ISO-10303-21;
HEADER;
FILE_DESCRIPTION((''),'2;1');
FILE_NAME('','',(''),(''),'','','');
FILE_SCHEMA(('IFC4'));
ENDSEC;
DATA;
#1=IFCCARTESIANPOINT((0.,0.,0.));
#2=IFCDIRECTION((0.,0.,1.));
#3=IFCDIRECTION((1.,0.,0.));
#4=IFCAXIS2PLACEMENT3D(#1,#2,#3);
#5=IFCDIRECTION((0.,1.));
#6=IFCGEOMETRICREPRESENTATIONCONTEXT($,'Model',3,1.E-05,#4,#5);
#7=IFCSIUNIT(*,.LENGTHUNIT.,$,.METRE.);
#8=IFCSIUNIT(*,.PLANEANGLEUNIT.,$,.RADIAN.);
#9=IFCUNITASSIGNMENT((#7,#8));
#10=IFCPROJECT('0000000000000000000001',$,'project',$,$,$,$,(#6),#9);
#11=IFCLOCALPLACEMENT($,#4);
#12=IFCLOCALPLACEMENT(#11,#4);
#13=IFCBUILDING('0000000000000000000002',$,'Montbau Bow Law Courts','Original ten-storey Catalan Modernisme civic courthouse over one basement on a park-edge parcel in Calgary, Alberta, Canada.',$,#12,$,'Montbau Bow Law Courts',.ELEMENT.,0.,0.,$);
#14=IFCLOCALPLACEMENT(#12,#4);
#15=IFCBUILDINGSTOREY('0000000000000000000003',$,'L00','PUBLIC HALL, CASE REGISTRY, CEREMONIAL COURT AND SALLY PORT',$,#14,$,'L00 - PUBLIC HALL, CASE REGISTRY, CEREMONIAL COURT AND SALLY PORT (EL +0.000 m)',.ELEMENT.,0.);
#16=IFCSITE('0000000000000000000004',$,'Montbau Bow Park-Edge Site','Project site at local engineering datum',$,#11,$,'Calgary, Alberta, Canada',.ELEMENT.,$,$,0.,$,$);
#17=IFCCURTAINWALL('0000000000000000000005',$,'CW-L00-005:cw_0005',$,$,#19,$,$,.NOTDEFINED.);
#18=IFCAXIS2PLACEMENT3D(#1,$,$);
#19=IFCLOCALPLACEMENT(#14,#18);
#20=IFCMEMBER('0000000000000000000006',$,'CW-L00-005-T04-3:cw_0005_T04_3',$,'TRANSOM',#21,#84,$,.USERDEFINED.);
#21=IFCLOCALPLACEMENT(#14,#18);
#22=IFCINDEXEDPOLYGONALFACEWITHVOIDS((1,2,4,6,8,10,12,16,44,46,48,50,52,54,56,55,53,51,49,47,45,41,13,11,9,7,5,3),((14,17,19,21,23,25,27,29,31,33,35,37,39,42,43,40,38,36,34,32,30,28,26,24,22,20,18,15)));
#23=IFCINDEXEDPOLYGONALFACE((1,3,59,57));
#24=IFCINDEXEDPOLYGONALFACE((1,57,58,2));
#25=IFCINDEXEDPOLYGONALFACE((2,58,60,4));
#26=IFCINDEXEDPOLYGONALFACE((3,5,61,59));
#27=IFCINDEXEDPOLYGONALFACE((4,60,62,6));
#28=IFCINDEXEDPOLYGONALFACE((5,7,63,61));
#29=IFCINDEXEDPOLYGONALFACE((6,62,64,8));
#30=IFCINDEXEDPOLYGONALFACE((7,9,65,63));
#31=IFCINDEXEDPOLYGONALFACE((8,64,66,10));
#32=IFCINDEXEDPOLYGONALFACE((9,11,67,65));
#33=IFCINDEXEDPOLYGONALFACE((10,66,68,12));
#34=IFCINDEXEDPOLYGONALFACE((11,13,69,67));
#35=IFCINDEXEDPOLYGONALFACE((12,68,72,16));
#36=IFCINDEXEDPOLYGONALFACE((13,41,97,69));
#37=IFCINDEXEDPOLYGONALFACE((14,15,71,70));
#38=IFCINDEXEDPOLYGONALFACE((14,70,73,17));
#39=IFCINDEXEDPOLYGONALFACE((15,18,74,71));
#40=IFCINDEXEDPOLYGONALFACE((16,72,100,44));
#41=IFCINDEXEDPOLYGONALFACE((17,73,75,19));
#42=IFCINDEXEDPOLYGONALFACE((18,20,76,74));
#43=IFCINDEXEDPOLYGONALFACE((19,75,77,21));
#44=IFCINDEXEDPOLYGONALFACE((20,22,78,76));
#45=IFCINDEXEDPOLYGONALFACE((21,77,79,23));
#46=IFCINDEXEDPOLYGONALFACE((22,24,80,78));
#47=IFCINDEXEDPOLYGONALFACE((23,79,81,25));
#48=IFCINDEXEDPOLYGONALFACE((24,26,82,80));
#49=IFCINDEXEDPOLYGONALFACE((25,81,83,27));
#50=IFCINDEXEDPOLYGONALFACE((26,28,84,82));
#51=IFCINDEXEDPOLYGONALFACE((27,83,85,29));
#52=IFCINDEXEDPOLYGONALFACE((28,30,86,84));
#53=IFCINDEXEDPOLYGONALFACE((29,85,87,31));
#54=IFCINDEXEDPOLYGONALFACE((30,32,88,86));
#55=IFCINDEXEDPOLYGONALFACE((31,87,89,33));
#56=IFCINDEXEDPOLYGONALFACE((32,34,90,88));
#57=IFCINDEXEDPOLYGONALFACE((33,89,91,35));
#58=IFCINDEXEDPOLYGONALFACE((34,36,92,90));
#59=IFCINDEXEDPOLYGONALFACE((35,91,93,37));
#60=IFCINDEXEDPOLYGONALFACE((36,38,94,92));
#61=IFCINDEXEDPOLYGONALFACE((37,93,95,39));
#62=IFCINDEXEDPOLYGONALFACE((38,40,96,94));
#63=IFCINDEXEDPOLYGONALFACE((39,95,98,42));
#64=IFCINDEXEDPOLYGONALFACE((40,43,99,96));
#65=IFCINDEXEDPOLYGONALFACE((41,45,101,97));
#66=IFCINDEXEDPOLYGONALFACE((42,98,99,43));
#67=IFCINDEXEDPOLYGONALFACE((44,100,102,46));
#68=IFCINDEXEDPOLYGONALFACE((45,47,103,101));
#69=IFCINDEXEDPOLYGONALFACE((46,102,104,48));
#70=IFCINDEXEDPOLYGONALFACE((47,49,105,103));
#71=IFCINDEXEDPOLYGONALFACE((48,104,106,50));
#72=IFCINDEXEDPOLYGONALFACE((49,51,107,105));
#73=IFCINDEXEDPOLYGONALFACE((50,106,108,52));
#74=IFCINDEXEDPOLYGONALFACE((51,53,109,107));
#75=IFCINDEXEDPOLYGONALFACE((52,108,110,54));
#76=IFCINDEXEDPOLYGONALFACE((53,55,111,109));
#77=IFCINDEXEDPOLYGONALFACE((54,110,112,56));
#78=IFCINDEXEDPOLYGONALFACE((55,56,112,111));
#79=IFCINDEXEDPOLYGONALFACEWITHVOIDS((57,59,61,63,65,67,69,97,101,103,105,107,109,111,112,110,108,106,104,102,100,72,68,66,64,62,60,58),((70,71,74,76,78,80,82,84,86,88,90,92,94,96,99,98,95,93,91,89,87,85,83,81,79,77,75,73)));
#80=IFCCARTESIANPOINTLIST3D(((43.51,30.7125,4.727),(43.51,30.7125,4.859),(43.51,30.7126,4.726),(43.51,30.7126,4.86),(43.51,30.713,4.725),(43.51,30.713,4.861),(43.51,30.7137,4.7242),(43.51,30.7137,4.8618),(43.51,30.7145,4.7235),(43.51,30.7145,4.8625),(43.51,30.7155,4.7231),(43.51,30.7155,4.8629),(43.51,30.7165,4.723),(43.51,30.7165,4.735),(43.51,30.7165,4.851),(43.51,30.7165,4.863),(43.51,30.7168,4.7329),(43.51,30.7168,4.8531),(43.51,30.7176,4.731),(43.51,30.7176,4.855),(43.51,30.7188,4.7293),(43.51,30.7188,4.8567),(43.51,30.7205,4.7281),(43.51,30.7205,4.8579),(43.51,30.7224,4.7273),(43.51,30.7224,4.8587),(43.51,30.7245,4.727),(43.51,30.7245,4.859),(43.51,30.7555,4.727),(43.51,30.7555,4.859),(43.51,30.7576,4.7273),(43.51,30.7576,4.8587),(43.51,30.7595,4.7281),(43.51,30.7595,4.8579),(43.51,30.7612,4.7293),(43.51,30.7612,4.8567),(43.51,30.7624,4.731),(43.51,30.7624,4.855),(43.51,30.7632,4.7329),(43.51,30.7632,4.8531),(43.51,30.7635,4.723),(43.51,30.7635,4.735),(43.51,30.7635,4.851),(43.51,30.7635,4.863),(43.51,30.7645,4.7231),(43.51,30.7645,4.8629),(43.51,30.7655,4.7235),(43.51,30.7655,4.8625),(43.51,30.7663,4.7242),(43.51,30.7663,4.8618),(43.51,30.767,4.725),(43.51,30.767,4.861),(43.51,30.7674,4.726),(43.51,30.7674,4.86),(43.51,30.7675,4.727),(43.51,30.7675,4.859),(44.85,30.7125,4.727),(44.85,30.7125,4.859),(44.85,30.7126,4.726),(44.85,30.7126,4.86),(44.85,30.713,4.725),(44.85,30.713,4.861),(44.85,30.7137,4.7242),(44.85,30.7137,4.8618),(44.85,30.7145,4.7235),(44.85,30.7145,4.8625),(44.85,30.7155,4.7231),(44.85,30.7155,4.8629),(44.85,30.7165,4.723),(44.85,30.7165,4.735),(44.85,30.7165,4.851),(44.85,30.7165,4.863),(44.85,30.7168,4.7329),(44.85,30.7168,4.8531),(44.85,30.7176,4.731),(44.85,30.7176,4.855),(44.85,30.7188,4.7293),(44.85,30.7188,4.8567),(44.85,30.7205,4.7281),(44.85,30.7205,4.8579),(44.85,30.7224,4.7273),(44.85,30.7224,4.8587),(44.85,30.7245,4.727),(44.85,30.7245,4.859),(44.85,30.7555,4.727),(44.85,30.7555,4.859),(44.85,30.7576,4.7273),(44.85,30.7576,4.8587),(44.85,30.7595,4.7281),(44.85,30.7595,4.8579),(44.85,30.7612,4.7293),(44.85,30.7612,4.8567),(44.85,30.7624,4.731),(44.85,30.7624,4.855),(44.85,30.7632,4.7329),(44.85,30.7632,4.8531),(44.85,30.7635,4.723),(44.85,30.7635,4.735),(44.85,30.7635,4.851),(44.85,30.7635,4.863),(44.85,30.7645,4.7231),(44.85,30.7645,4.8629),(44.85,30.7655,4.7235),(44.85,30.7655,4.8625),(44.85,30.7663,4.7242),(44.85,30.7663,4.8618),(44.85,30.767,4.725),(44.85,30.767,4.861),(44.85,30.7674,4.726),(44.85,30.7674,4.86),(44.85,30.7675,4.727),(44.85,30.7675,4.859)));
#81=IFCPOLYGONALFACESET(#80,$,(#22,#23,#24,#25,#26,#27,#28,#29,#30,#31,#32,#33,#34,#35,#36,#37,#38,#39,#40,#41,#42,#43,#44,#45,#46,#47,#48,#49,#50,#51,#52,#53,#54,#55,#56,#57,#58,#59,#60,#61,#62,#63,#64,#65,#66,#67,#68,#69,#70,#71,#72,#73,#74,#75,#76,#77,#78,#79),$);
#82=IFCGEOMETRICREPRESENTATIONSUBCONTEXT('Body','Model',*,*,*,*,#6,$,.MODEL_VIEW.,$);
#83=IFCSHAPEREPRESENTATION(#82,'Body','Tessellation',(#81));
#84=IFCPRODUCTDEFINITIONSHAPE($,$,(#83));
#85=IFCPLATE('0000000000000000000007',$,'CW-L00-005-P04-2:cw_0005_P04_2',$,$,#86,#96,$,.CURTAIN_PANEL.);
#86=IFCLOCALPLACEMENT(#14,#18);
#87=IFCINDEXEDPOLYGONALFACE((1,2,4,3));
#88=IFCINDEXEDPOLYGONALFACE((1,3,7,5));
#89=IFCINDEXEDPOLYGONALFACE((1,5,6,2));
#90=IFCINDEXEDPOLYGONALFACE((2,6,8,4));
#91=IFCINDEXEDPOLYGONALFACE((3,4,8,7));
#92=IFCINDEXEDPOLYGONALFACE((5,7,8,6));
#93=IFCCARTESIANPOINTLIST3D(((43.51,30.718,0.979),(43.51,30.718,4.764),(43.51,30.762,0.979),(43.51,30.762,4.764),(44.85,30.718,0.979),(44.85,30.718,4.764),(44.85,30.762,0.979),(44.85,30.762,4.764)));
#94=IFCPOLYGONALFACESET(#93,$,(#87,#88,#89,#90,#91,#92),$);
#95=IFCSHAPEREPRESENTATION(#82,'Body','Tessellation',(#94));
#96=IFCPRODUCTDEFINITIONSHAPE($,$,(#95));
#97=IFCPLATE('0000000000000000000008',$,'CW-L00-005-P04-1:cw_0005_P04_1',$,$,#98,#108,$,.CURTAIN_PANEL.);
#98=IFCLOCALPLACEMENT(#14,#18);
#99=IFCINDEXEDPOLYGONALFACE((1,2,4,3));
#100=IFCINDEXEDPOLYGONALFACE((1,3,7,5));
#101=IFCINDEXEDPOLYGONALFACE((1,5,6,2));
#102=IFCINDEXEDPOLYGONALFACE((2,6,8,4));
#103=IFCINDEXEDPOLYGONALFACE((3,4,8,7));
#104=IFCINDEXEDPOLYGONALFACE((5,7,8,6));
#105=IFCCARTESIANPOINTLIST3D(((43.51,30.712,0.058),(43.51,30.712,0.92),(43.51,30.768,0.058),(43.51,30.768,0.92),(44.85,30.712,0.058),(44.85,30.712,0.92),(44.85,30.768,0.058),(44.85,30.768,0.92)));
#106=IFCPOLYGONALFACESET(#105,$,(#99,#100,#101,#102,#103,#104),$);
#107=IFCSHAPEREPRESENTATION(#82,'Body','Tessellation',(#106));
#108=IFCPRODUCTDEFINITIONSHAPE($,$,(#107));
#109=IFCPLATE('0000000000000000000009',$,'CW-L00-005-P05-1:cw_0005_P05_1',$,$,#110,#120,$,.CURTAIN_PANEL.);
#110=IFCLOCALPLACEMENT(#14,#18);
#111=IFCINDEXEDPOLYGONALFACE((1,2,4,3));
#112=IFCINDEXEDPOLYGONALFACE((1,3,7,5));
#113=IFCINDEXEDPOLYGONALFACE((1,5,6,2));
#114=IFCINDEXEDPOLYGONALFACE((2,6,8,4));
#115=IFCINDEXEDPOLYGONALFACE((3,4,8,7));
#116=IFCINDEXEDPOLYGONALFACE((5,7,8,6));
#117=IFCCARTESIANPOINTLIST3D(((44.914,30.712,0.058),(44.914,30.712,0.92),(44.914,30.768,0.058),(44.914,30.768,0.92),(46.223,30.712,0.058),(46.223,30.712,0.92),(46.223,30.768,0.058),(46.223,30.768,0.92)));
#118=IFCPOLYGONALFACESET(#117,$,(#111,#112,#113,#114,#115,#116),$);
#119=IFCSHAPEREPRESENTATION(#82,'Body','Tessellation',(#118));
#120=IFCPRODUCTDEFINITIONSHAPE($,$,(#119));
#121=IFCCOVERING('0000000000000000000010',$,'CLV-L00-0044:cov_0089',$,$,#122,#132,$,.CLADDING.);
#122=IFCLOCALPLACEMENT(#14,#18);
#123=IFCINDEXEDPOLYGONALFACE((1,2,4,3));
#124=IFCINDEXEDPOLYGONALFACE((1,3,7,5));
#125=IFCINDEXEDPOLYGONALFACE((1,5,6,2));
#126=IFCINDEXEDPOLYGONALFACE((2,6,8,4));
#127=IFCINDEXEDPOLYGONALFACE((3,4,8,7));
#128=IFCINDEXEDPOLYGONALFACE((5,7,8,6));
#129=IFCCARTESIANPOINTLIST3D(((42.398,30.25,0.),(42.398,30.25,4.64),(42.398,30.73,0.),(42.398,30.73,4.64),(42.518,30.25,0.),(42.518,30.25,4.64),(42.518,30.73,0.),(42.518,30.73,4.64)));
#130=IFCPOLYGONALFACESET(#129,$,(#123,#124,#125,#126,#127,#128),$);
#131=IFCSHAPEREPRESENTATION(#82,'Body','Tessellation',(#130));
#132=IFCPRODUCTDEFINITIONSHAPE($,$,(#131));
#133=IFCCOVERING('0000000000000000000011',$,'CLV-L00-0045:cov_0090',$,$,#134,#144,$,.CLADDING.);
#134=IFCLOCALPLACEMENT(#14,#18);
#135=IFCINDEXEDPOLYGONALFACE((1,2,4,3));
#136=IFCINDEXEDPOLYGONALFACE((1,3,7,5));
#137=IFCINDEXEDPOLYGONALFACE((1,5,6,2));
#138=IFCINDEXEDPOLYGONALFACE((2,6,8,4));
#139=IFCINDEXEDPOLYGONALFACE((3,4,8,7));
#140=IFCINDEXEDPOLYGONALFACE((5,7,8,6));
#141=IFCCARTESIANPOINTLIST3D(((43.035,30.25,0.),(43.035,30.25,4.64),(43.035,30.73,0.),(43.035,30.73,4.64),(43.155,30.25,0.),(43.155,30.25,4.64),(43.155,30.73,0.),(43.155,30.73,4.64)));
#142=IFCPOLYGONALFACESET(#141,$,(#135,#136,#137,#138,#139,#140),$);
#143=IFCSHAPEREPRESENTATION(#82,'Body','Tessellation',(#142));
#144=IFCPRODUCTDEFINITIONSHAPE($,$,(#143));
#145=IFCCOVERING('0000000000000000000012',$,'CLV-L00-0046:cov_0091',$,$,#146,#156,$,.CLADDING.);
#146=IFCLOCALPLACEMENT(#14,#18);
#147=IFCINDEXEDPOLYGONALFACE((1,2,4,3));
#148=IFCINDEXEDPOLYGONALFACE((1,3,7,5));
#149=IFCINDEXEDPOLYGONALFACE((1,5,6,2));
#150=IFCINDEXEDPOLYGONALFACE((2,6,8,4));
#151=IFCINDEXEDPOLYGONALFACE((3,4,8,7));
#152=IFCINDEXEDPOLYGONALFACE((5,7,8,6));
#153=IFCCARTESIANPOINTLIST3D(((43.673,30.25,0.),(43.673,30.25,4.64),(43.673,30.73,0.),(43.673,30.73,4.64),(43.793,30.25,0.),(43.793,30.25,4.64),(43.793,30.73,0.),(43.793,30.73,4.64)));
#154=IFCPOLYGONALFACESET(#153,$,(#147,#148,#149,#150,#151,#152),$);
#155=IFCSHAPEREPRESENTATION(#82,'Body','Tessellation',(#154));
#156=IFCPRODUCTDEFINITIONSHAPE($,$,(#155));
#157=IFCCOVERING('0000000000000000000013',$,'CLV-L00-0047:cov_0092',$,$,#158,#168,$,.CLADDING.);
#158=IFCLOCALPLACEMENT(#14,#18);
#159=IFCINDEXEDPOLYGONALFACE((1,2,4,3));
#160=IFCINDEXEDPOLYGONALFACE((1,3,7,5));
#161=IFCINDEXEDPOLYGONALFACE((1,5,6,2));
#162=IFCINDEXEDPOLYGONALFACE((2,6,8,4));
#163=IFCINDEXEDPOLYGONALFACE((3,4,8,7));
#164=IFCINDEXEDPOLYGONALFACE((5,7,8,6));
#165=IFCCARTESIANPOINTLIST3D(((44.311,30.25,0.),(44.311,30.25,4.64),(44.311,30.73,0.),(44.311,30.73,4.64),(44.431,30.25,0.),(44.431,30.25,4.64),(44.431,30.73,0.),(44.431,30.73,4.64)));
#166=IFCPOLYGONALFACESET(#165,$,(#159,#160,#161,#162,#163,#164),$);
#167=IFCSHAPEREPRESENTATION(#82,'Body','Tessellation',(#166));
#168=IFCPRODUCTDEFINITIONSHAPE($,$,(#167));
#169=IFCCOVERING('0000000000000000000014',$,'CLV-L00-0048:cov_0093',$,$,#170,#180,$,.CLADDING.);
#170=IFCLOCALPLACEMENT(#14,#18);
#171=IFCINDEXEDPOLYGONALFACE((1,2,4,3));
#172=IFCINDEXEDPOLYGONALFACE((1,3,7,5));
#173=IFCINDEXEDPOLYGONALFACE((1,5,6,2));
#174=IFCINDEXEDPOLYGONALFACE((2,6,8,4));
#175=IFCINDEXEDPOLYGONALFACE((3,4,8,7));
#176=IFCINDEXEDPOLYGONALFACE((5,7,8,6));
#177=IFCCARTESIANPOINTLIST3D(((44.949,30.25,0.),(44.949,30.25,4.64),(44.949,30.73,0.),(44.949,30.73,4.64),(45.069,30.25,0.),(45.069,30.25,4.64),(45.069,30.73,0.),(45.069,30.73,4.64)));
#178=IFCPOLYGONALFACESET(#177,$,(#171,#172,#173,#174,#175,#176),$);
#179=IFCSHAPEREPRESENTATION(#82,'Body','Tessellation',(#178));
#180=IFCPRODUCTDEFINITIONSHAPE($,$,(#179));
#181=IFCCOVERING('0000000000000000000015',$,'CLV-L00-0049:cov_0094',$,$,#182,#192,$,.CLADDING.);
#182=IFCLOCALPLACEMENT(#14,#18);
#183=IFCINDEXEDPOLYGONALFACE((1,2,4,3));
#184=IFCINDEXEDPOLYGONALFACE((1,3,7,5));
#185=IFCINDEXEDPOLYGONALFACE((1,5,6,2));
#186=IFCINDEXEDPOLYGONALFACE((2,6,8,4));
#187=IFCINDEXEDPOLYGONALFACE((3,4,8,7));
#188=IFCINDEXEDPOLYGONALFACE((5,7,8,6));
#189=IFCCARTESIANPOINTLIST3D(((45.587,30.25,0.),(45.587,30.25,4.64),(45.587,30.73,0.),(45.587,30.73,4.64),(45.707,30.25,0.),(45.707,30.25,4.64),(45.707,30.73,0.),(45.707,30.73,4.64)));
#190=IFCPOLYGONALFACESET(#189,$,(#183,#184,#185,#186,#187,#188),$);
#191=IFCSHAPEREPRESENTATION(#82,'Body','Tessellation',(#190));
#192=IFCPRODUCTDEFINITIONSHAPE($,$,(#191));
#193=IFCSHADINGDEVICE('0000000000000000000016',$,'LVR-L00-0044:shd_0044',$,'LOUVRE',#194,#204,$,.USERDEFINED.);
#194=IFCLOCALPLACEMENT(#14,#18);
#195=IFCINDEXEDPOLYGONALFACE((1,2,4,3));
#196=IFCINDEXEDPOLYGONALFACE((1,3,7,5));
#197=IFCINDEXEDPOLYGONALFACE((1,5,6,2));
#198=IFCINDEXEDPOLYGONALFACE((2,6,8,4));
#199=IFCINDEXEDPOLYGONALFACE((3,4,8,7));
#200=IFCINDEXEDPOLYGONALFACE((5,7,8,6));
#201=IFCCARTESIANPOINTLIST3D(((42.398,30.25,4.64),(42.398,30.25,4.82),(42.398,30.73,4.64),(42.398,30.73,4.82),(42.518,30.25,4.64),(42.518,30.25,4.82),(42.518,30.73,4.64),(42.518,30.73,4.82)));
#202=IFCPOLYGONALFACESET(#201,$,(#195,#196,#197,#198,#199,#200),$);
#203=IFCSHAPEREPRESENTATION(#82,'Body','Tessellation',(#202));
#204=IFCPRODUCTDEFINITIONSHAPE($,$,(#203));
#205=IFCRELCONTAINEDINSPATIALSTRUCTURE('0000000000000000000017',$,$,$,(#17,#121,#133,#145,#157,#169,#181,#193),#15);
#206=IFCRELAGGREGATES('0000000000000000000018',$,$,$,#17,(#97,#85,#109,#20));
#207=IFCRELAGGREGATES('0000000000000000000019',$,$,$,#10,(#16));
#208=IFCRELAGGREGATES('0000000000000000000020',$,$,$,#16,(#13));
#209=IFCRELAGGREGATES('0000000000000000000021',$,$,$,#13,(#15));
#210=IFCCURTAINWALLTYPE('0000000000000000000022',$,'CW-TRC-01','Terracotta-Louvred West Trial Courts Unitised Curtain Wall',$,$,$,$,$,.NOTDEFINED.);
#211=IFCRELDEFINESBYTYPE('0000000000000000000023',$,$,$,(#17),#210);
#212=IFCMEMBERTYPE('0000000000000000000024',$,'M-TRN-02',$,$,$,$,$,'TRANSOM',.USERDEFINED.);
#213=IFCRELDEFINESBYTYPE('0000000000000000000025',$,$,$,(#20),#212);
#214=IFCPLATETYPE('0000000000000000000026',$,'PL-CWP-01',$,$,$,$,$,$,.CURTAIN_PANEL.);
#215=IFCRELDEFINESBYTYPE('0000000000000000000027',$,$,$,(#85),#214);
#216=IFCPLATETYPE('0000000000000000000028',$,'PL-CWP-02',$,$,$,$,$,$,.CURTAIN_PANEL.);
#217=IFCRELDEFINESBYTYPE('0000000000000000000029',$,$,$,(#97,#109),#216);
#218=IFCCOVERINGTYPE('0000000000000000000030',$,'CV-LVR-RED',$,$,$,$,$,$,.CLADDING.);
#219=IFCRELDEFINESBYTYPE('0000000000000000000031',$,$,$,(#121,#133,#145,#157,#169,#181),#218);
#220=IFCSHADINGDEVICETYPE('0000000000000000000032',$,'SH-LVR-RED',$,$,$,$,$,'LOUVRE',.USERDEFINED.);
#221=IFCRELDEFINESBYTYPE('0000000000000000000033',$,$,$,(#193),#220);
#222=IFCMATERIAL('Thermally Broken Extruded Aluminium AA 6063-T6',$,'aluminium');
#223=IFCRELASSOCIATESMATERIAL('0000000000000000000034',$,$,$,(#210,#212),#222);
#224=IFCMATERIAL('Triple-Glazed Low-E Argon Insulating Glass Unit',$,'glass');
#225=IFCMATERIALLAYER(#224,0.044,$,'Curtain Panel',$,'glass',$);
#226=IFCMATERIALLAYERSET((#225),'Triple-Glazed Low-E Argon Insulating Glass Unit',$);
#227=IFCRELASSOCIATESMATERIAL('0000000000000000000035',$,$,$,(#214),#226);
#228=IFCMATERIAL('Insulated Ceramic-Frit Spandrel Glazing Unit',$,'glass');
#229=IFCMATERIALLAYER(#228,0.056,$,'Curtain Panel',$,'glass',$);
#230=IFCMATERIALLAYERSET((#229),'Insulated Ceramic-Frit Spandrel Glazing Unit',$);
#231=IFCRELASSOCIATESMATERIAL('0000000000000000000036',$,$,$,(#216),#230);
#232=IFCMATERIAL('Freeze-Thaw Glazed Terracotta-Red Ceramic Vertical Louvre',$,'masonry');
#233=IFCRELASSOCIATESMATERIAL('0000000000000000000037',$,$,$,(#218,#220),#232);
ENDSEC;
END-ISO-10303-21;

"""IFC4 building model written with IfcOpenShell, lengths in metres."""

from ifc_helpers import new_model, si_unit, direction, frame, frame_2d, origin_with_axes, origin_2d_with_axis, place, context, subcontext, project, spatial, rectangle, hollow_rectangle, extrude, material, layer, layer_set, material_profile, profile_set, type_object, element, aggregate, save


model = new_model("IFC4")

# Units and contexts
model_context = context("Model", 3, precision=1e-05, world=origin_with_axes(), true_north=direction((0.0, 1.0)))
body_context = subcontext(model_context, "Body", "Model", "MODEL_VIEW")
ifc_project = project(units=[si_unit("LENGTHUNIT", "METRE"), si_unit("PLANEANGLEUNIT", "RADIAN")], contexts=[model_context])

# Site, building, storey
site_placement = place(None, origin_with_axes())
site = spatial("IfcSite", under=ifc_project, at=site_placement, Name="Montbau Bow Park-Edge Site", Description="Project site at local engineering datum", LongName="Calgary, Alberta, Canada", CompositionType="ELEMENT", RefElevation=0.0)
building_placement = place(site_placement, origin_with_axes())
building = spatial("IfcBuilding", under=site, at=building_placement, Name="Montbau Bow Law Courts", Description="Original ten-storey Catalan Modernisme civic courthouse over one basement on a park-edge parcel in Calgary, Alberta, Canada.", LongName="Montbau Bow Law Courts", CompositionType="ELEMENT", ElevationOfRefHeight=0.0, ElevationOfTerrain=0.0)
storey_placement = place(building_placement, origin_with_axes())
storey = spatial("IfcBuildingStorey", under=building, at=storey_placement, Name="L00", Description="PUBLIC HALL, CASE REGISTRY, CEREMONIAL COURT AND SALLY PORT", LongName="L00 - PUBLIC HALL, CASE REGISTRY, CEREMONIAL COURT AND SALLY PORT (EL +0.000 m)", CompositionType="ELEMENT", Elevation=0.0)

# Curtain wall, member, plates
ifc_material_1 = material(Name="Thermally Broken Extruded Aluminium AA 6063-T6", Category="aluminium")
curtain_wall_type = type_object("IfcCurtainWallType", Name="CW-TRC-01", Description="Terracotta-Louvred West Trial Courts Unitised Curtain Wall", PredefinedType="NOTDEFINED", material=ifc_material_1)
curtain_wall_placement = place(None, frame((39.268, 30.74, 0.0), z_axis=(0.0, 0.0, 1.0), x_axis=(1.0, 0.0, 0.0)))
curtain_wall = element("IfcCurtainWall", 1, at=curtain_wall_placement, inside=storey, type_object=curtain_wall_type, Name="CW-L00-005:cw_0005", PredefinedType="NOTDEFINED")
ifc_material_profile_1 = material_profile(ifc_material_1, hollow_rectangle(XDim=0.055, YDim=0.14, WallThickness=0.004, InnerFilletRadius=0.008, OuterFilletRadius=0.004, at=origin_2d_with_axis()), Name="CWT-140X55", Category="Main", Priority=0)
ifc_profile_set_1 = profile_set([ifc_material_profile_1], Name="Thermally Broken Extruded Aluminium AA 6063-T6")
member_type_1 = type_object("IfcMemberType", Name="M-TRN-02", ElementType="TRANSOM", PredefinedType="USERDEFINED", material=ifc_profile_set_1)
member_1_placement = place(None, frame((43.51, 30.74, 4.793), z_axis=(1.0, 0.0, 0.0), x_axis=(0.0, 1.0, 0.0)))
member_1 = element("IfcMember", 2, at=member_1_placement, type_object=member_type_1, Name="CW-L00-005-T04-3:cw_0005_T04_3", ObjectType="TRANSOM", PredefinedType="USERDEFINED", context=body_context, shape_type="SweptSolid", body=[
    extrude(hollow_rectangle(XDim=0.055, YDim=0.14, WallThickness=0.004, InnerFilletRadius=0.008, OuterFilletRadius=0.004, at=origin_2d_with_axis()), origin_with_axes(), (0.0, 0.0, 1.0), 1.34),
])
ifc_material_2 = material(Name="Triple-Glazed Low-E Argon Insulating Glass Unit", Category="glass")
ifc_layer_1 = layer(ifc_material_2, 0.044, Name="Curtain Panel", Category="glass")
ifc_layer_set_1 = layer_set([ifc_layer_1], Name="Triple-Glazed Low-E Argon Insulating Glass Unit")
plate_type_1 = type_object("IfcPlateType", Name="PL-CWP-01", PredefinedType="CURTAIN_PANEL", material=ifc_layer_set_1)
plate_1_placement = place(None, frame((43.51, 30.74, 0.979), z_axis=(0.0, -1.0, 0.0), x_axis=(1.0, 0.0, 0.0)))
plate_1 = element("IfcPlate", 3, at=plate_1_placement, type_object=plate_type_1, Name="CW-L00-005-P04-2:cw_0005_P04_2", PredefinedType="CURTAIN_PANEL", context=body_context, shape_type="SweptSolid", body=[
    extrude(rectangle(XDim=1.34, YDim=3.785, at=frame_2d((0.67, 1.8925), x_axis=(1.0, 0.0))), frame((0.0, 0.0, -0.022), z_axis=(0.0, 0.0, 1.0), x_axis=(1.0, 0.0, 0.0)), (0.0, 0.0, 1.0), 0.044),
])
ifc_material_3 = material(Name="Insulated Ceramic-Frit Spandrel Glazing Unit", Category="glass")
ifc_layer_2 = layer(ifc_material_3, 0.056, Name="Curtain Panel", Category="glass")
ifc_layer_set_2 = layer_set([ifc_layer_2], Name="Insulated Ceramic-Frit Spandrel Glazing Unit")
plate_type_2 = type_object("IfcPlateType", Name="PL-CWP-02", PredefinedType="CURTAIN_PANEL", material=ifc_layer_set_2)
plate_2_placement = place(None, frame((43.51, 30.74, 0.058), z_axis=(0.0, -1.0, 0.0), x_axis=(1.0, 0.0, 0.0)))
plate_2 = element("IfcPlate", 4, at=plate_2_placement, type_object=plate_type_2, Name="CW-L00-005-P04-1:cw_0005_P04_1", PredefinedType="CURTAIN_PANEL", context=body_context, shape_type="SweptSolid", body=[
    extrude(rectangle(XDim=1.34, YDim=0.862, at=frame_2d((0.67, 0.431), x_axis=(1.0, 0.0))), frame((0.0, 0.0, -0.028), z_axis=(0.0, 0.0, 1.0), x_axis=(1.0, 0.0, 0.0)), (0.0, 0.0, 1.0), 0.056),
])
plate_3_placement = place(None, frame((44.914, 30.74, 0.058), z_axis=(0.0, -1.0, 0.0), x_axis=(1.0, 0.0, 0.0)))
plate_3 = element("IfcPlate", 5, at=plate_3_placement, type_object=plate_type_2, Name="CW-L00-005-P05-1:cw_0005_P05_1", PredefinedType="CURTAIN_PANEL", context=body_context, shape_type="SweptSolid", body=[
    extrude(rectangle(XDim=1.309, YDim=0.862, at=frame_2d((0.6545, 0.431), x_axis=(1.0, 0.0))), frame((0.0, 0.0, -0.028), z_axis=(0.0, 0.0, 1.0), x_axis=(1.0, 0.0, 0.0)), (0.0, 0.0, 1.0), 0.056),
])
aggregate(curtain_wall, [plate_2, plate_1, plate_3, member_1])

# Coverings
ifc_material_4 = material(Name="Freeze-Thaw Glazed Terracotta-Red Ceramic Vertical Louvre", Category="masonry")
covering_type = type_object("IfcCoveringType", Name="CV-LVR-RED", PredefinedType="CLADDING", material=ifc_material_4)
for number, where, z_axis, x_axis, name in (
    (6, (42.458, 30.73, 0.0), (-1.0, 0.0, 0.0), (0.0, -1.0, 0.0), "CLV-L00-0044:cov_0089"),
    (7, (43.095, 30.73, 0.0), (-1.0, 0.0, 0.0), (0.0, -1.0, 0.0), "CLV-L00-0045:cov_0090"),
    (8, (43.733, 30.73, 0.0), (-1.0, 0.0, 0.0), (0.0, -1.0, 0.0), "CLV-L00-0046:cov_0091"),
    (9, (44.371, 30.73, 0.0), (-1.0, 0.0, 0.0), (0.0, -1.0, 0.0), "CLV-L00-0047:cov_0092"),
    (10, (45.009, 30.73, 0.0), (-1.0, 0.0, 0.0), (0.0, -1.0, 0.0), "CLV-L00-0048:cov_0093"),
    (11, (45.647, 30.73, 0.0), (-1.0, 0.0, 0.0), (0.0, -1.0, 0.0), "CLV-L00-0049:cov_0094"),
):
    element("IfcCovering", number, at=place(None, frame(where, z_axis=z_axis, x_axis=x_axis)), inside=storey, type_object=covering_type, Name=name, PredefinedType="CLADDING", context=body_context, shape_type="SweptSolid", body=[
        extrude(rectangle(XDim=0.48, YDim=4.64, at=frame_2d((0.24, 2.32), x_axis=(1.0, 0.0))), frame((0.0, 0.0, -0.06), z_axis=(0.0, 0.0, 1.0), x_axis=(1.0, 0.0, 0.0)), (0.0, 0.0, 1.0), 0.12),
    ])

# Shading device
shading_device_type = type_object("IfcShadingDeviceType", Name="SH-LVR-RED", ElementType="LOUVRE", PredefinedType="USERDEFINED", material=ifc_material_4)
for number, where, z_axis, x_axis, name in (
    (12, (42.458, 30.49, 4.64), (0.0, 0.0, 1.0), (0.0, -1.0, 0.0), "LVR-L00-0044:shd_0044"),
):
    element("IfcShadingDevice", number, at=place(None, frame(where, z_axis=z_axis, x_axis=x_axis)), inside=storey, type_object=shading_device_type, Name=name, ObjectType="LOUVRE", PredefinedType="USERDEFINED", context=body_context, shape_type="SweptSolid", body=[
        extrude(rectangle(XDim=0.48, YDim=0.12, at=origin_2d_with_axis()), origin_with_axes(), (0.0, 0.0, 1.0), 0.18),
    ])

save(model, "model.ifc")
